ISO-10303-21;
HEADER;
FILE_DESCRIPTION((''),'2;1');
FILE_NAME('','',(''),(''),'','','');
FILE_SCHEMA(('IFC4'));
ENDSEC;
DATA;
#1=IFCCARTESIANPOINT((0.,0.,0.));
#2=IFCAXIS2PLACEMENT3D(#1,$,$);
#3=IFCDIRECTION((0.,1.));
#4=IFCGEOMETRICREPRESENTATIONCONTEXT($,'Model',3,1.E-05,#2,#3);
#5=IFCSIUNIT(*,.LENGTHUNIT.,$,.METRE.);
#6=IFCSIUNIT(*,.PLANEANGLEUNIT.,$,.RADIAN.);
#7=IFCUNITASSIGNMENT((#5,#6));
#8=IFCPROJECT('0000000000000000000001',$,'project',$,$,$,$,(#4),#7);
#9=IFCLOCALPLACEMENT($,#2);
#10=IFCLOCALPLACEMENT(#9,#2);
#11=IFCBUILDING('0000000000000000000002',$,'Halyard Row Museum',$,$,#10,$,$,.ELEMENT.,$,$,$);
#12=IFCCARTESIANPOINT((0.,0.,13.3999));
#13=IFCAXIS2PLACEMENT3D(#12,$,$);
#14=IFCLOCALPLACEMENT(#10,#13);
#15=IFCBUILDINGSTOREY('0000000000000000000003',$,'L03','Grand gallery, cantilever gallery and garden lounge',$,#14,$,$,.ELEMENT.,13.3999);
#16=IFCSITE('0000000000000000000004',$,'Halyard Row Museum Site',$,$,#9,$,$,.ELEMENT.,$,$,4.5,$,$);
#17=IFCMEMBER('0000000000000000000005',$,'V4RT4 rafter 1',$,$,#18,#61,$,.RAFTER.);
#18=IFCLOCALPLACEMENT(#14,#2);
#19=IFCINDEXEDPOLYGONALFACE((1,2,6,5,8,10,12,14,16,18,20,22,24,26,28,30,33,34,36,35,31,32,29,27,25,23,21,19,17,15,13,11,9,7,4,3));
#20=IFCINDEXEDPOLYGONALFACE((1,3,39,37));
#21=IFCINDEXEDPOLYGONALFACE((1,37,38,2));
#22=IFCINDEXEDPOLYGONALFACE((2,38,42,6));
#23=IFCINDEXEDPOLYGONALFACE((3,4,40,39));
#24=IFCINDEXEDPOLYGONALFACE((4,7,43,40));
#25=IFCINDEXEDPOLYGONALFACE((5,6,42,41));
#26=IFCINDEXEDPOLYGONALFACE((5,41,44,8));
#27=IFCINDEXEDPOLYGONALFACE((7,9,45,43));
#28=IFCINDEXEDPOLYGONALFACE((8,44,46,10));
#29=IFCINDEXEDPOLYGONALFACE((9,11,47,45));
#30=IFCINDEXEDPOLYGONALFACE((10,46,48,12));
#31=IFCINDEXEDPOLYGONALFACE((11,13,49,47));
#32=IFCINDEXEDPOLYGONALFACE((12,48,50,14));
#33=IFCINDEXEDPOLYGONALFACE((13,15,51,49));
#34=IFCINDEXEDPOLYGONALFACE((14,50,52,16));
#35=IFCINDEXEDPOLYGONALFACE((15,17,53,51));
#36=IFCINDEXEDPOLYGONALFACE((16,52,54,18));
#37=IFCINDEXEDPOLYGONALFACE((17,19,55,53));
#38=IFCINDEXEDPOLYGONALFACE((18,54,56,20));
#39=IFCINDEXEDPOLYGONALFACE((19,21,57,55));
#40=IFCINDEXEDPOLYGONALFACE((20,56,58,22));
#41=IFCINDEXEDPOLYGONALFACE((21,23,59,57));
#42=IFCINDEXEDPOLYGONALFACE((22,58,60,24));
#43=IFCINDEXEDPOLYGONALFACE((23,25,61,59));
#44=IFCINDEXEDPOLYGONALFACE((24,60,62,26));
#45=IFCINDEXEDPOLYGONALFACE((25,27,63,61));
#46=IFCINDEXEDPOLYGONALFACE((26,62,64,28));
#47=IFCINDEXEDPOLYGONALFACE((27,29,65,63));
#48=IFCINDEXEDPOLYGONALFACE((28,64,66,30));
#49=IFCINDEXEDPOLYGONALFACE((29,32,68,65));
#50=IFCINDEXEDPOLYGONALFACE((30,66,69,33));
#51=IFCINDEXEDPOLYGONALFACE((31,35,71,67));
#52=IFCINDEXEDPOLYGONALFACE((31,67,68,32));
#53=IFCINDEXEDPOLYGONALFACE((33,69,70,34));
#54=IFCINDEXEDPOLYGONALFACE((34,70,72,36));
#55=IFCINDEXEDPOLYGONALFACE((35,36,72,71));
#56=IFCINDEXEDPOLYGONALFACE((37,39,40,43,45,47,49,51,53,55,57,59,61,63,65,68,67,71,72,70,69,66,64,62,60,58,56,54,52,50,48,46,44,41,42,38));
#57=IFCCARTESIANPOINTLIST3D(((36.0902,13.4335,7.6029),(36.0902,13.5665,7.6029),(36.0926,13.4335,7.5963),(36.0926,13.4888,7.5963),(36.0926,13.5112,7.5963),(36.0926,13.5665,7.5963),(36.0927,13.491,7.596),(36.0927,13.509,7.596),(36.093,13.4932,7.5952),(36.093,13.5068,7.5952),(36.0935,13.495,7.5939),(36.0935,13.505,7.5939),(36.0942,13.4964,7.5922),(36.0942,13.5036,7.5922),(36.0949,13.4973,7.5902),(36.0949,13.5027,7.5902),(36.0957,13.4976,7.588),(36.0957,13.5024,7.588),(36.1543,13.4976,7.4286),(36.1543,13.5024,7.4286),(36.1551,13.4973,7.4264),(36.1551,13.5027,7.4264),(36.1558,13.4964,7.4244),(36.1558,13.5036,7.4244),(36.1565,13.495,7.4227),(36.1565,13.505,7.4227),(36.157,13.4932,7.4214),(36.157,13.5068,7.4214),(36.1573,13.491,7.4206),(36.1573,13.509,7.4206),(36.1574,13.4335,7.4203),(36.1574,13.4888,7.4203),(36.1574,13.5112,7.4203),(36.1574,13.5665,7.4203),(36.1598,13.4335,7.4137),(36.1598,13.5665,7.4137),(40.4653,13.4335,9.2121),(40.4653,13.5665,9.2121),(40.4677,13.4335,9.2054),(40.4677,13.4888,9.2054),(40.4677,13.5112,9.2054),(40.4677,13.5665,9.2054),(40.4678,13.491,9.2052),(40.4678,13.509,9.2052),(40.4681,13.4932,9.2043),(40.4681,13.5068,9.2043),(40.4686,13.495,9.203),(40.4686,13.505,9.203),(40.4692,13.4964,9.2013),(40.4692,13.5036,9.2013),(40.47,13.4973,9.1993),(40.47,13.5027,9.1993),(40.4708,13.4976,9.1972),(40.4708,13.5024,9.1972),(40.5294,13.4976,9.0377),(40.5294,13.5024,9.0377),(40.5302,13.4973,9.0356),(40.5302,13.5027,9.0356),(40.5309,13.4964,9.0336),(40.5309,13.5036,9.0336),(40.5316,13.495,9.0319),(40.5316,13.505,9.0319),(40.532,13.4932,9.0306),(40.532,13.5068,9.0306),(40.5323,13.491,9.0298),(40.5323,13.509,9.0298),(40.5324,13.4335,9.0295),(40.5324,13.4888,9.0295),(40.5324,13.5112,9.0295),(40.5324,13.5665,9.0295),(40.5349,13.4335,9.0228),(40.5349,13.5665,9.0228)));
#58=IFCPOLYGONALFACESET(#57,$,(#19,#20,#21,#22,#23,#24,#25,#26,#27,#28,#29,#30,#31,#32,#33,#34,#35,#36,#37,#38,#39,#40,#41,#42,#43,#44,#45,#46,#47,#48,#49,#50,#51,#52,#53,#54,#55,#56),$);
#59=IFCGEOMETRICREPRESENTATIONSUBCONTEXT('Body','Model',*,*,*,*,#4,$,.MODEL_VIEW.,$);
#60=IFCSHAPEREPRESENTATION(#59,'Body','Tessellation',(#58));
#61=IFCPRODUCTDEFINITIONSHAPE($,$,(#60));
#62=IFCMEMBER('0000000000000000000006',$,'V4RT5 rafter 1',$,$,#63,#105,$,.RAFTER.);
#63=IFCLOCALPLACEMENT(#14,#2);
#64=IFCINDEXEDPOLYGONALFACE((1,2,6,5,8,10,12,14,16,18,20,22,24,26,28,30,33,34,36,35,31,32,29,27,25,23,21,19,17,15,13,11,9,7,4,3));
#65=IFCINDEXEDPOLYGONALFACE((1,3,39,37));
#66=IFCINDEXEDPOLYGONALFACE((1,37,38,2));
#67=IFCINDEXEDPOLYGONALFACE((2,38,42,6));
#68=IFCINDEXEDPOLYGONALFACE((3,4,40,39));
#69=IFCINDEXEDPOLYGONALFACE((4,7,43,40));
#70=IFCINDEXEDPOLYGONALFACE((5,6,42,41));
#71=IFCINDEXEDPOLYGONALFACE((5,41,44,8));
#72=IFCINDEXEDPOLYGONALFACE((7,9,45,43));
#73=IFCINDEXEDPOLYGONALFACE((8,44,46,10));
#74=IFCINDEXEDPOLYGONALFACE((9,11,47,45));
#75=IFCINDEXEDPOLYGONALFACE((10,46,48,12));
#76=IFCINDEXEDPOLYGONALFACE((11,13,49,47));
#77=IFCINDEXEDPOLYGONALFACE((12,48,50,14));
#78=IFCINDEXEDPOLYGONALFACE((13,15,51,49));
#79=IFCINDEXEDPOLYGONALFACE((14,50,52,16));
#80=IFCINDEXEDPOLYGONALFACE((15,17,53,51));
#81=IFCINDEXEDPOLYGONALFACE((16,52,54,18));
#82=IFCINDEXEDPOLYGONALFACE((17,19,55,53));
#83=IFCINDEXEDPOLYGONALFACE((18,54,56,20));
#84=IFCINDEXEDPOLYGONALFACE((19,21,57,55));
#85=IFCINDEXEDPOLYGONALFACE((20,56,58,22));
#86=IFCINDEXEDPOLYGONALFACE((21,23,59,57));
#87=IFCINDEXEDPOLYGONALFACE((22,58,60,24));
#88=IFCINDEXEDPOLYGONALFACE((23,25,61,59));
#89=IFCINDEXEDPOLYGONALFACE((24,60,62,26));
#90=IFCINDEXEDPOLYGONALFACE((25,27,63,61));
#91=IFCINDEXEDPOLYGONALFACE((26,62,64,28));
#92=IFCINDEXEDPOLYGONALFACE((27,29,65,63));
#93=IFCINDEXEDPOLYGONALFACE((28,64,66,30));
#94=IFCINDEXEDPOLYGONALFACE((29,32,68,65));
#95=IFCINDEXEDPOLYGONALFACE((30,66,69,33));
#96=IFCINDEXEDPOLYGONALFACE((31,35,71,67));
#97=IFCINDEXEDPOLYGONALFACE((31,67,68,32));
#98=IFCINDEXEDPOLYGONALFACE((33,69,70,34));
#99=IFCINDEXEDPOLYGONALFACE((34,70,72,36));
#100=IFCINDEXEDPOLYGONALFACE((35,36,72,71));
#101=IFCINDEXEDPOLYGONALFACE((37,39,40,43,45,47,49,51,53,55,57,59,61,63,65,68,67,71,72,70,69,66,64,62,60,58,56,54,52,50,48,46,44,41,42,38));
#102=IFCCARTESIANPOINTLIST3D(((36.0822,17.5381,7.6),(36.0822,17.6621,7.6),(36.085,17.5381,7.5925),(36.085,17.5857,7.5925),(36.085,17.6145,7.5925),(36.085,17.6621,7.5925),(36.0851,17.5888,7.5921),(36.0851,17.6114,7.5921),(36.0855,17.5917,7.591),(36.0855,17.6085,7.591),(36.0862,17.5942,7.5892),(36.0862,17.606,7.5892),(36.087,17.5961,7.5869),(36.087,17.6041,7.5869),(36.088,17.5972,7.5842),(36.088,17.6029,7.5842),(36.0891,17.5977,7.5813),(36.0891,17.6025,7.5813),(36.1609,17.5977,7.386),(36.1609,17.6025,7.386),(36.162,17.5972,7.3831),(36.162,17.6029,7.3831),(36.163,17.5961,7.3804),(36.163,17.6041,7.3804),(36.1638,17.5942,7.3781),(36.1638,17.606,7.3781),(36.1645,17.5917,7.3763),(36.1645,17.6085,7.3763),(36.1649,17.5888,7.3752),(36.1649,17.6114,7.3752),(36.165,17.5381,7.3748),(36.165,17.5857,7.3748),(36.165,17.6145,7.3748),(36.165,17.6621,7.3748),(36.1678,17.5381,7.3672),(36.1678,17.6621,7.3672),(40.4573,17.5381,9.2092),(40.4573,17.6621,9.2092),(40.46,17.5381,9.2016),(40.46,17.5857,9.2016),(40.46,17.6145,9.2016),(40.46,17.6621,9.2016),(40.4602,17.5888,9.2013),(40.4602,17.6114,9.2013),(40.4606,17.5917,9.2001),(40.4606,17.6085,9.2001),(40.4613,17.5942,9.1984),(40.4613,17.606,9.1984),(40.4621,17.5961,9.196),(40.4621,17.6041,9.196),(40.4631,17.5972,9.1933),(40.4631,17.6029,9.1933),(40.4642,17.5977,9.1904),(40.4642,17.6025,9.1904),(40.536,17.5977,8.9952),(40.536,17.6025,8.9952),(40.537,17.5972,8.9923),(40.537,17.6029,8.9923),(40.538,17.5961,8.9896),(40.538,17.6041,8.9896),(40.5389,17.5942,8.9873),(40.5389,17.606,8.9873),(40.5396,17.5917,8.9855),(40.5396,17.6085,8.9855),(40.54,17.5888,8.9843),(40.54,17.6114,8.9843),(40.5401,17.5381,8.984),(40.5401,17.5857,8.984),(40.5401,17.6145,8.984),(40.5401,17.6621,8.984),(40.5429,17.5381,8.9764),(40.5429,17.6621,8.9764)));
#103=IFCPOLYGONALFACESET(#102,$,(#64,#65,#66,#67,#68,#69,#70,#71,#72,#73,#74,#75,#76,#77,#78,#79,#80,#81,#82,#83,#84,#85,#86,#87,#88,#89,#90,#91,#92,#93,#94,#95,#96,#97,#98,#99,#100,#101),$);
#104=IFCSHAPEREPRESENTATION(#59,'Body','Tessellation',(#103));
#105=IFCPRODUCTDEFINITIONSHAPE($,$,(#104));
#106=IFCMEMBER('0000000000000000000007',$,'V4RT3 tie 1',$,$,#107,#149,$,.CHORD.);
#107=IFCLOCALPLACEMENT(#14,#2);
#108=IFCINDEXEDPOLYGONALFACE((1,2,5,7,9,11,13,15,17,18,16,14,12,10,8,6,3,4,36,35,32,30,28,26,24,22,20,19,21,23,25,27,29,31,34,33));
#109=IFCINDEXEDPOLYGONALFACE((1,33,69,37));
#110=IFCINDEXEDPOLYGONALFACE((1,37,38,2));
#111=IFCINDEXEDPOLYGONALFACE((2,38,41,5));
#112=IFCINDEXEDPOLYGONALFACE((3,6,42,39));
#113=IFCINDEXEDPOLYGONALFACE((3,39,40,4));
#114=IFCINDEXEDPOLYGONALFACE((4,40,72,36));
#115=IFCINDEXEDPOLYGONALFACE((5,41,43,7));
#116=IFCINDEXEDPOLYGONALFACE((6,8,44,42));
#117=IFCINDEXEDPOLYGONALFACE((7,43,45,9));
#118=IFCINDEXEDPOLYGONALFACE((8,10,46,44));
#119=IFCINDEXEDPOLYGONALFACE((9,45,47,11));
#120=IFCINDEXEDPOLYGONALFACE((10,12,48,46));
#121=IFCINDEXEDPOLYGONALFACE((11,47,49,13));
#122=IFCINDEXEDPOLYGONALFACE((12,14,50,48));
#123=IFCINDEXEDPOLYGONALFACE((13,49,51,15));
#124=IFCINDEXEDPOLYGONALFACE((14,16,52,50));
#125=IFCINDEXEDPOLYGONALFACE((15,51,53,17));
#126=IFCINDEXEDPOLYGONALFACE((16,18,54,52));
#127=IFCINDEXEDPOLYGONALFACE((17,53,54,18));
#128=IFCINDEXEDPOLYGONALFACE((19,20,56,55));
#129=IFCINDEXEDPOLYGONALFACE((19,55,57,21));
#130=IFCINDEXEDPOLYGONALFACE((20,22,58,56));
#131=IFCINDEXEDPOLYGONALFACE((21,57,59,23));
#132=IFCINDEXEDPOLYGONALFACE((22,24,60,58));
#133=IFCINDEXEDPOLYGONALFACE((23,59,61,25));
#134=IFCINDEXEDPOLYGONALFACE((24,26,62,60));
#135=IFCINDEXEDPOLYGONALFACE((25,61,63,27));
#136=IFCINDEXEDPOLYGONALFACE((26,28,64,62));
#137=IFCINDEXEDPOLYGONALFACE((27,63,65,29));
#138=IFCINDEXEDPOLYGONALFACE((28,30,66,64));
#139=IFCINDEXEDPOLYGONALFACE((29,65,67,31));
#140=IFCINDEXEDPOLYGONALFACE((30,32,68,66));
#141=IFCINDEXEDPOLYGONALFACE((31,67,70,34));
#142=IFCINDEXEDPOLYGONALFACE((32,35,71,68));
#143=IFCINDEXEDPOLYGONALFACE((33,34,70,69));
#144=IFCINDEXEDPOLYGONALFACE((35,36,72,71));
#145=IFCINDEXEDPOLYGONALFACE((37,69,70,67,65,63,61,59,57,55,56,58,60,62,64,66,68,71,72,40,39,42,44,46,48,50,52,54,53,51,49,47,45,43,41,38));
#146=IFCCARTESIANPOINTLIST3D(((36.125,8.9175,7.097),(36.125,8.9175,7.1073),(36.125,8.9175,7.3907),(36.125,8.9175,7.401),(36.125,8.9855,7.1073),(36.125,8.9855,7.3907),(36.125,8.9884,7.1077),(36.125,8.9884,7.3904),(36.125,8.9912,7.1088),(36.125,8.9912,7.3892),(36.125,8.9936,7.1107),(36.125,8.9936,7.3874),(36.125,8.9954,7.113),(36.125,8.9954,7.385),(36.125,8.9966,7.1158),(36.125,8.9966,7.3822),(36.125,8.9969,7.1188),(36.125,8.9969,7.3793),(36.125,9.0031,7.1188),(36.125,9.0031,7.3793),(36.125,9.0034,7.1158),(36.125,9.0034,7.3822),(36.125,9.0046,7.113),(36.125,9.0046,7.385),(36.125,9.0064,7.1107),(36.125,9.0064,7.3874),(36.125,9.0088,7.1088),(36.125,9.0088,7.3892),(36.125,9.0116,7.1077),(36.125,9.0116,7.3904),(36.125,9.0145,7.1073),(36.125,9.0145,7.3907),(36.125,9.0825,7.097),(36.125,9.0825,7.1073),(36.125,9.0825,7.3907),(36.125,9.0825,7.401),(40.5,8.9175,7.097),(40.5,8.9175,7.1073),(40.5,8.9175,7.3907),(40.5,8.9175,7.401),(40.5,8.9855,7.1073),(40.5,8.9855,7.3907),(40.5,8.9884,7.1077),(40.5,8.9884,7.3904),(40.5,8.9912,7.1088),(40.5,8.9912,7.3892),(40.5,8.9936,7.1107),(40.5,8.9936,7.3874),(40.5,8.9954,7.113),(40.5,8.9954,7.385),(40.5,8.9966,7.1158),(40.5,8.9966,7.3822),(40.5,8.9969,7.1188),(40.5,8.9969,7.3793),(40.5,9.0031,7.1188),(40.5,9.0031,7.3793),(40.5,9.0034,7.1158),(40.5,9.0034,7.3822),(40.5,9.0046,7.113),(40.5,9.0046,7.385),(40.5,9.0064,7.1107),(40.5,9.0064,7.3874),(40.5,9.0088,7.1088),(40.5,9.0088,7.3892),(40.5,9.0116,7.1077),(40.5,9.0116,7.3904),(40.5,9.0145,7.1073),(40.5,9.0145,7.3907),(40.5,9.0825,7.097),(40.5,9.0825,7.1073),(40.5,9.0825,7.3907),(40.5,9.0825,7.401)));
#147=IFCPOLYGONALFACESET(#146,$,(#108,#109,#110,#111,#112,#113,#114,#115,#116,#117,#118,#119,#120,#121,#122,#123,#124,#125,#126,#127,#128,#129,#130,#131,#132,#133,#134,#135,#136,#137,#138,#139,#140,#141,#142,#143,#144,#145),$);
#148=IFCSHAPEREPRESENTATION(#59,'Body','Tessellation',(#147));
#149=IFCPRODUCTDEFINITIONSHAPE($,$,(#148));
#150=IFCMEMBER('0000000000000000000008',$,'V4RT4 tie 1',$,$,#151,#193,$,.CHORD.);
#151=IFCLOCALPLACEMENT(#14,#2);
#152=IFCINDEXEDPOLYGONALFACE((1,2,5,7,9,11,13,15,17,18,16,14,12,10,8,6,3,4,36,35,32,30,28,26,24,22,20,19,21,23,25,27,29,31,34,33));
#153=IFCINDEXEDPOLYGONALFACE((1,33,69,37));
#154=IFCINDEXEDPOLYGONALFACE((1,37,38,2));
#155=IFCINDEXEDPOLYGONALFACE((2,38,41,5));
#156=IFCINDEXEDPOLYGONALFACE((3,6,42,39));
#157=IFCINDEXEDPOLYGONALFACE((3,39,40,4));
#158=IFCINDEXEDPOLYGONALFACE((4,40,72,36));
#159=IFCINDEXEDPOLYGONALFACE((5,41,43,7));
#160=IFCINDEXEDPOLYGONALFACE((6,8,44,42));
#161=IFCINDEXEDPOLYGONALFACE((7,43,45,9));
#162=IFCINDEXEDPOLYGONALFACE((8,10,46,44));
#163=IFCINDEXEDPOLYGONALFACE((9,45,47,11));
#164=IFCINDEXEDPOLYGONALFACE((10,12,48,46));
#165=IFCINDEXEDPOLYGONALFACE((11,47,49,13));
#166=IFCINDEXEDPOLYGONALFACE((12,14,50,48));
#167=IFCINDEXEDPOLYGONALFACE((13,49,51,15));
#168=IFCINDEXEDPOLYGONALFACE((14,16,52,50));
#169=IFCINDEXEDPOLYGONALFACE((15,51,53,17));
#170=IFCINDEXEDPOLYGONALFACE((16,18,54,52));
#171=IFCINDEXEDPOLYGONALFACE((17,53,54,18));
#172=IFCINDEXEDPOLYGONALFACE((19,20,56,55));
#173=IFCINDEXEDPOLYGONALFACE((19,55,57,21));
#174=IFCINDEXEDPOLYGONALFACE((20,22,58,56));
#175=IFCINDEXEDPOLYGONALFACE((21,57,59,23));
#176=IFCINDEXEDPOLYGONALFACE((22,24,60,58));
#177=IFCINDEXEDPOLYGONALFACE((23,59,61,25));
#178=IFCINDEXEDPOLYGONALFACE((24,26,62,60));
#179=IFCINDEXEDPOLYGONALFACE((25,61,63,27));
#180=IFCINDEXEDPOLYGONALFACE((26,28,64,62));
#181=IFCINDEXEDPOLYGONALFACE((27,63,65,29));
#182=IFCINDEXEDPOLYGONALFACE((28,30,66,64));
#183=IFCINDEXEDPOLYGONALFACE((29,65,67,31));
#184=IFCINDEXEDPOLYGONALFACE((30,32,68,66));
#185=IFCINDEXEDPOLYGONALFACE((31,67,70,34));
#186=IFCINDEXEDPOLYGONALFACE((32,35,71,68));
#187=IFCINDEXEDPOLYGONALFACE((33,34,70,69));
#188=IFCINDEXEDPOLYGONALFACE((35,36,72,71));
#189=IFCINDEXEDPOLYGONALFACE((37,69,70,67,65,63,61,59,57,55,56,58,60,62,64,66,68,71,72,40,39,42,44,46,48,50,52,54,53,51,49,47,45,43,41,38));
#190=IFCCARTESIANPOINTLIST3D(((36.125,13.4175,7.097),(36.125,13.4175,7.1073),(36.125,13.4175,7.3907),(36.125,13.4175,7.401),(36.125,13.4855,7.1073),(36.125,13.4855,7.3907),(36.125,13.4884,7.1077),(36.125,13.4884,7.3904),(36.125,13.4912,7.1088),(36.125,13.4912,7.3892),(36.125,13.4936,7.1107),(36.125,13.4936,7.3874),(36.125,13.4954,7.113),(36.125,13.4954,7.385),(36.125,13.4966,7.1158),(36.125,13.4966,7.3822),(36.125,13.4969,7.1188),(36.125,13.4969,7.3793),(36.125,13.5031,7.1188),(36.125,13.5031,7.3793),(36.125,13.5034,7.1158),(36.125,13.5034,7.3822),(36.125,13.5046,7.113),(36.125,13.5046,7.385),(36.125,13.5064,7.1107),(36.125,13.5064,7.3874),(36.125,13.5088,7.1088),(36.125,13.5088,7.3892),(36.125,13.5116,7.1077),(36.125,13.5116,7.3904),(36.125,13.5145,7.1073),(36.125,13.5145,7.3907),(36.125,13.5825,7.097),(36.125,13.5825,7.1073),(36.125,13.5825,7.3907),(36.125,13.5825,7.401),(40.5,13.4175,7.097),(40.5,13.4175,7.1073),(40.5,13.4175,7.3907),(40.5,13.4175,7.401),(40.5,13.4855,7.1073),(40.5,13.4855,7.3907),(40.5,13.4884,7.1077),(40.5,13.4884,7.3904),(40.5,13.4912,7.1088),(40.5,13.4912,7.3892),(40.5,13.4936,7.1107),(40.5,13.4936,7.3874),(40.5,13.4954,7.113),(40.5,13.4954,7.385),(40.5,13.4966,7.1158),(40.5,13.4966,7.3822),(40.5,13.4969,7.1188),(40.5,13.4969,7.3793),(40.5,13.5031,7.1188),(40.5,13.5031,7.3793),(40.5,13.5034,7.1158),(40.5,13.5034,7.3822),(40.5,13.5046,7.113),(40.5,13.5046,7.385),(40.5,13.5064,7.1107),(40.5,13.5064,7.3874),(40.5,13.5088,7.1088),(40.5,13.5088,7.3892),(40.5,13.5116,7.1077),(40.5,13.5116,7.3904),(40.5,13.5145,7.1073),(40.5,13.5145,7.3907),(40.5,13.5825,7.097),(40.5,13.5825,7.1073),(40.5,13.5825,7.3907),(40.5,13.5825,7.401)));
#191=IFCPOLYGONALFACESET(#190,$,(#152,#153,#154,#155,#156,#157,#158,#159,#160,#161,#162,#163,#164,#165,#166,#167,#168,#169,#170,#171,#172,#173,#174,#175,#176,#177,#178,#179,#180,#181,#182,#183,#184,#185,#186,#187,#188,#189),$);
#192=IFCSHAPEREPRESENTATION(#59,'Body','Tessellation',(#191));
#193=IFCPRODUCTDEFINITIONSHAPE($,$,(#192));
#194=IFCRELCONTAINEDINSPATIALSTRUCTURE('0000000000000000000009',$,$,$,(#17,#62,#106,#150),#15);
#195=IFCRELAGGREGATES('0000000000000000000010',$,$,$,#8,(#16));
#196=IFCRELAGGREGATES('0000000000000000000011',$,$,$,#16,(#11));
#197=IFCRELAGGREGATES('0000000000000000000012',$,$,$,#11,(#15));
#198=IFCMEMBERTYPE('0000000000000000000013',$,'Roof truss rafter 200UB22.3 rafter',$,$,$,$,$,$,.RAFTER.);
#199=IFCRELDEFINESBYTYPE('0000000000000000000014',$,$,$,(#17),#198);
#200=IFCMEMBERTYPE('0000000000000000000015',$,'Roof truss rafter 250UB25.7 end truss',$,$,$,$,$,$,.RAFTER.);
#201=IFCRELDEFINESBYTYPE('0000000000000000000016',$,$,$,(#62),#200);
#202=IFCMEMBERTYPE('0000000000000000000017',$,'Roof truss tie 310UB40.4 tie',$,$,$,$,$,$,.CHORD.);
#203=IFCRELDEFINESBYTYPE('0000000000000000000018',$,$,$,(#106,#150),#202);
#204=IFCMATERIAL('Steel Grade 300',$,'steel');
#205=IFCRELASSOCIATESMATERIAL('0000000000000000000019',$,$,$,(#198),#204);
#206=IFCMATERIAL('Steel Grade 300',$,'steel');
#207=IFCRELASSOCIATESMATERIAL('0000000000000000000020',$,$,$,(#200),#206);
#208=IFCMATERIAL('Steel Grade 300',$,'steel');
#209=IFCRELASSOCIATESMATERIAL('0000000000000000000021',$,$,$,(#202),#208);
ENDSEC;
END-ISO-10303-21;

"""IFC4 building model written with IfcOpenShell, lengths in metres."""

from ifc_helpers import new_model, si_unit, direction, frame, origin, origin_2d, place, context, subcontext, project, spatial, i_section, extrude, material, material_profile, profile_set, type_object, element, save


model = new_model("IFC4")

# Units and contexts
model_context = context("Model", 3, precision=1e-05, world=origin(), true_north=direction((0.0, 1.0)))
body_context = subcontext(model_context, "Body", "Model", "MODEL_VIEW")
ifc_project = project(units=[si_unit("LENGTHUNIT", "METRE"), si_unit("PLANEANGLEUNIT", "RADIAN")], contexts=[model_context])

# Site, building, storey
site_placement = place(None, origin())
site = spatial("IfcSite", under=ifc_project, at=site_placement, Name="Halyard Row Museum Site", CompositionType="ELEMENT", RefElevation=4.5)
building_placement = place(site_placement, origin())
building = spatial("IfcBuilding", under=site, at=building_placement, Name="Halyard Row Museum", CompositionType="ELEMENT")
storey_placement = place(building_placement, frame((0.0, 0.0, 13.3999)))
storey = spatial("IfcBuildingStorey", under=building, at=storey_placement, Name="L03", Description="Grand gallery, cantilever gallery and garden lounge", CompositionType="ELEMENT", Elevation=13.3999)

# Members
ifc_material_1 = material(Name="Steel Grade 300", Category="steel")
ifc_material_profile_1 = material_profile(ifc_material_1, i_section(OverallWidth=0.1331, OverallDepth=0.2017, WebThickness=0.0049, FlangeThickness=0.0071, FilletRadius=0.0088, at=origin_2d()), Name="200UB22.3")
ifc_profile_set_1 = profile_set([ifc_material_profile_1], Name="Steel Grade 300")
member_type_1 = type_object("IfcMemberType", Name="Roof truss rafter 200UB22.3 rafter", PredefinedType="RAFTER", material=ifc_profile_set_1)
for number, where, z_axis, x_axis, name in (
    (1, (36.125, 13.5, 7.5083), (0.938532, 0.0, 0.345193), (0.0, 1.0, 0.0), "V4RT4 rafter 1"),
):
    element("IfcMember", number, at=place(storey_placement, frame(where, z_axis=z_axis, x_axis=x_axis)), inside=storey, type_object=member_type_1, Name=name, PredefinedType="RAFTER", context=body_context, shape_type="SweptSolid", body=[
        extrude(i_section(OverallWidth=0.1331, OverallDepth=0.2017, WebThickness=0.0049, FlangeThickness=0.0071, FilletRadius=0.0088, at=origin_2d()), origin(), (0.0, 0.0, 1.0), 4.6616),
    ])
ifc_material_2 = material(Name="Steel Grade 300", Category="steel")
ifc_material_profile_2 = material_profile(ifc_material_2, i_section(OverallWidth=0.124, OverallDepth=0.248, WebThickness=0.0049, FlangeThickness=0.0081, FilletRadius=0.012, at=origin_2d()), Name="250UB25.7")
ifc_profile_set_2 = profile_set([ifc_material_profile_2], Name="Steel Grade 300")
member_type_2 = type_object("IfcMemberType", Name="Roof truss rafter 250UB25.7 end truss", PredefinedType="RAFTER", material=ifc_profile_set_2)
member_1_placement = place(storey_placement, frame((36.125, 17.6001, 7.4836), z_axis=(0.938532, 0.0, 0.345193), x_axis=(0.0, 1.0, 0.0)))
element("IfcMember", 2, at=member_1_placement, inside=storey, type_object=member_type_2, Name="V4RT5 rafter 1", PredefinedType="RAFTER", context=body_context, shape_type="SweptSolid", body=[
    extrude(i_section(OverallWidth=0.124, OverallDepth=0.248, WebThickness=0.0049, FlangeThickness=0.0081, FilletRadius=0.012, at=origin_2d()), origin(), (0.0, 0.0, 1.0), 4.6616),
])
ifc_material_3 = material(Name="Steel Grade 300", Category="steel")
ifc_material_profile_3 = material_profile(ifc_material_3, i_section(OverallWidth=0.165, OverallDepth=0.304, WebThickness=0.0061, FlangeThickness=0.0103, FilletRadius=0.0115, at=origin_2d()), Name="310UB40.4")
ifc_profile_set_3 = profile_set([ifc_material_profile_3], Name="Steel Grade 300")
member_type_3 = type_object("IfcMemberType", Name="Roof truss tie 310UB40.4 tie", PredefinedType="CHORD", material=ifc_profile_set_3)
for number, where, z_axis, x_axis, name in (
    (3, (36.125, 9.0, 7.249), (1.0, 0.0, 0.0), (0.0, 1.0, 0.0), "V4RT3 tie 1"),
    (4, (36.125, 13.5, 7.249), (1.0, 0.0, 0.0), (0.0, 1.0, 0.0), "V4RT4 tie 1"),
):
    element("IfcMember", number, at=place(storey_placement, frame(where, z_axis=z_axis, x_axis=x_axis)), inside=storey, type_object=member_type_3, Name=name, PredefinedType="CHORD", context=body_context, shape_type="SweptSolid", body=[
        extrude(i_section(OverallWidth=0.165, OverallDepth=0.304, WebThickness=0.0061, FlangeThickness=0.0103, FilletRadius=0.0115, at=origin_2d()), origin(), (0.0, 0.0, 1.0), 4.375),
    ])

save(model, "model.ifc")
